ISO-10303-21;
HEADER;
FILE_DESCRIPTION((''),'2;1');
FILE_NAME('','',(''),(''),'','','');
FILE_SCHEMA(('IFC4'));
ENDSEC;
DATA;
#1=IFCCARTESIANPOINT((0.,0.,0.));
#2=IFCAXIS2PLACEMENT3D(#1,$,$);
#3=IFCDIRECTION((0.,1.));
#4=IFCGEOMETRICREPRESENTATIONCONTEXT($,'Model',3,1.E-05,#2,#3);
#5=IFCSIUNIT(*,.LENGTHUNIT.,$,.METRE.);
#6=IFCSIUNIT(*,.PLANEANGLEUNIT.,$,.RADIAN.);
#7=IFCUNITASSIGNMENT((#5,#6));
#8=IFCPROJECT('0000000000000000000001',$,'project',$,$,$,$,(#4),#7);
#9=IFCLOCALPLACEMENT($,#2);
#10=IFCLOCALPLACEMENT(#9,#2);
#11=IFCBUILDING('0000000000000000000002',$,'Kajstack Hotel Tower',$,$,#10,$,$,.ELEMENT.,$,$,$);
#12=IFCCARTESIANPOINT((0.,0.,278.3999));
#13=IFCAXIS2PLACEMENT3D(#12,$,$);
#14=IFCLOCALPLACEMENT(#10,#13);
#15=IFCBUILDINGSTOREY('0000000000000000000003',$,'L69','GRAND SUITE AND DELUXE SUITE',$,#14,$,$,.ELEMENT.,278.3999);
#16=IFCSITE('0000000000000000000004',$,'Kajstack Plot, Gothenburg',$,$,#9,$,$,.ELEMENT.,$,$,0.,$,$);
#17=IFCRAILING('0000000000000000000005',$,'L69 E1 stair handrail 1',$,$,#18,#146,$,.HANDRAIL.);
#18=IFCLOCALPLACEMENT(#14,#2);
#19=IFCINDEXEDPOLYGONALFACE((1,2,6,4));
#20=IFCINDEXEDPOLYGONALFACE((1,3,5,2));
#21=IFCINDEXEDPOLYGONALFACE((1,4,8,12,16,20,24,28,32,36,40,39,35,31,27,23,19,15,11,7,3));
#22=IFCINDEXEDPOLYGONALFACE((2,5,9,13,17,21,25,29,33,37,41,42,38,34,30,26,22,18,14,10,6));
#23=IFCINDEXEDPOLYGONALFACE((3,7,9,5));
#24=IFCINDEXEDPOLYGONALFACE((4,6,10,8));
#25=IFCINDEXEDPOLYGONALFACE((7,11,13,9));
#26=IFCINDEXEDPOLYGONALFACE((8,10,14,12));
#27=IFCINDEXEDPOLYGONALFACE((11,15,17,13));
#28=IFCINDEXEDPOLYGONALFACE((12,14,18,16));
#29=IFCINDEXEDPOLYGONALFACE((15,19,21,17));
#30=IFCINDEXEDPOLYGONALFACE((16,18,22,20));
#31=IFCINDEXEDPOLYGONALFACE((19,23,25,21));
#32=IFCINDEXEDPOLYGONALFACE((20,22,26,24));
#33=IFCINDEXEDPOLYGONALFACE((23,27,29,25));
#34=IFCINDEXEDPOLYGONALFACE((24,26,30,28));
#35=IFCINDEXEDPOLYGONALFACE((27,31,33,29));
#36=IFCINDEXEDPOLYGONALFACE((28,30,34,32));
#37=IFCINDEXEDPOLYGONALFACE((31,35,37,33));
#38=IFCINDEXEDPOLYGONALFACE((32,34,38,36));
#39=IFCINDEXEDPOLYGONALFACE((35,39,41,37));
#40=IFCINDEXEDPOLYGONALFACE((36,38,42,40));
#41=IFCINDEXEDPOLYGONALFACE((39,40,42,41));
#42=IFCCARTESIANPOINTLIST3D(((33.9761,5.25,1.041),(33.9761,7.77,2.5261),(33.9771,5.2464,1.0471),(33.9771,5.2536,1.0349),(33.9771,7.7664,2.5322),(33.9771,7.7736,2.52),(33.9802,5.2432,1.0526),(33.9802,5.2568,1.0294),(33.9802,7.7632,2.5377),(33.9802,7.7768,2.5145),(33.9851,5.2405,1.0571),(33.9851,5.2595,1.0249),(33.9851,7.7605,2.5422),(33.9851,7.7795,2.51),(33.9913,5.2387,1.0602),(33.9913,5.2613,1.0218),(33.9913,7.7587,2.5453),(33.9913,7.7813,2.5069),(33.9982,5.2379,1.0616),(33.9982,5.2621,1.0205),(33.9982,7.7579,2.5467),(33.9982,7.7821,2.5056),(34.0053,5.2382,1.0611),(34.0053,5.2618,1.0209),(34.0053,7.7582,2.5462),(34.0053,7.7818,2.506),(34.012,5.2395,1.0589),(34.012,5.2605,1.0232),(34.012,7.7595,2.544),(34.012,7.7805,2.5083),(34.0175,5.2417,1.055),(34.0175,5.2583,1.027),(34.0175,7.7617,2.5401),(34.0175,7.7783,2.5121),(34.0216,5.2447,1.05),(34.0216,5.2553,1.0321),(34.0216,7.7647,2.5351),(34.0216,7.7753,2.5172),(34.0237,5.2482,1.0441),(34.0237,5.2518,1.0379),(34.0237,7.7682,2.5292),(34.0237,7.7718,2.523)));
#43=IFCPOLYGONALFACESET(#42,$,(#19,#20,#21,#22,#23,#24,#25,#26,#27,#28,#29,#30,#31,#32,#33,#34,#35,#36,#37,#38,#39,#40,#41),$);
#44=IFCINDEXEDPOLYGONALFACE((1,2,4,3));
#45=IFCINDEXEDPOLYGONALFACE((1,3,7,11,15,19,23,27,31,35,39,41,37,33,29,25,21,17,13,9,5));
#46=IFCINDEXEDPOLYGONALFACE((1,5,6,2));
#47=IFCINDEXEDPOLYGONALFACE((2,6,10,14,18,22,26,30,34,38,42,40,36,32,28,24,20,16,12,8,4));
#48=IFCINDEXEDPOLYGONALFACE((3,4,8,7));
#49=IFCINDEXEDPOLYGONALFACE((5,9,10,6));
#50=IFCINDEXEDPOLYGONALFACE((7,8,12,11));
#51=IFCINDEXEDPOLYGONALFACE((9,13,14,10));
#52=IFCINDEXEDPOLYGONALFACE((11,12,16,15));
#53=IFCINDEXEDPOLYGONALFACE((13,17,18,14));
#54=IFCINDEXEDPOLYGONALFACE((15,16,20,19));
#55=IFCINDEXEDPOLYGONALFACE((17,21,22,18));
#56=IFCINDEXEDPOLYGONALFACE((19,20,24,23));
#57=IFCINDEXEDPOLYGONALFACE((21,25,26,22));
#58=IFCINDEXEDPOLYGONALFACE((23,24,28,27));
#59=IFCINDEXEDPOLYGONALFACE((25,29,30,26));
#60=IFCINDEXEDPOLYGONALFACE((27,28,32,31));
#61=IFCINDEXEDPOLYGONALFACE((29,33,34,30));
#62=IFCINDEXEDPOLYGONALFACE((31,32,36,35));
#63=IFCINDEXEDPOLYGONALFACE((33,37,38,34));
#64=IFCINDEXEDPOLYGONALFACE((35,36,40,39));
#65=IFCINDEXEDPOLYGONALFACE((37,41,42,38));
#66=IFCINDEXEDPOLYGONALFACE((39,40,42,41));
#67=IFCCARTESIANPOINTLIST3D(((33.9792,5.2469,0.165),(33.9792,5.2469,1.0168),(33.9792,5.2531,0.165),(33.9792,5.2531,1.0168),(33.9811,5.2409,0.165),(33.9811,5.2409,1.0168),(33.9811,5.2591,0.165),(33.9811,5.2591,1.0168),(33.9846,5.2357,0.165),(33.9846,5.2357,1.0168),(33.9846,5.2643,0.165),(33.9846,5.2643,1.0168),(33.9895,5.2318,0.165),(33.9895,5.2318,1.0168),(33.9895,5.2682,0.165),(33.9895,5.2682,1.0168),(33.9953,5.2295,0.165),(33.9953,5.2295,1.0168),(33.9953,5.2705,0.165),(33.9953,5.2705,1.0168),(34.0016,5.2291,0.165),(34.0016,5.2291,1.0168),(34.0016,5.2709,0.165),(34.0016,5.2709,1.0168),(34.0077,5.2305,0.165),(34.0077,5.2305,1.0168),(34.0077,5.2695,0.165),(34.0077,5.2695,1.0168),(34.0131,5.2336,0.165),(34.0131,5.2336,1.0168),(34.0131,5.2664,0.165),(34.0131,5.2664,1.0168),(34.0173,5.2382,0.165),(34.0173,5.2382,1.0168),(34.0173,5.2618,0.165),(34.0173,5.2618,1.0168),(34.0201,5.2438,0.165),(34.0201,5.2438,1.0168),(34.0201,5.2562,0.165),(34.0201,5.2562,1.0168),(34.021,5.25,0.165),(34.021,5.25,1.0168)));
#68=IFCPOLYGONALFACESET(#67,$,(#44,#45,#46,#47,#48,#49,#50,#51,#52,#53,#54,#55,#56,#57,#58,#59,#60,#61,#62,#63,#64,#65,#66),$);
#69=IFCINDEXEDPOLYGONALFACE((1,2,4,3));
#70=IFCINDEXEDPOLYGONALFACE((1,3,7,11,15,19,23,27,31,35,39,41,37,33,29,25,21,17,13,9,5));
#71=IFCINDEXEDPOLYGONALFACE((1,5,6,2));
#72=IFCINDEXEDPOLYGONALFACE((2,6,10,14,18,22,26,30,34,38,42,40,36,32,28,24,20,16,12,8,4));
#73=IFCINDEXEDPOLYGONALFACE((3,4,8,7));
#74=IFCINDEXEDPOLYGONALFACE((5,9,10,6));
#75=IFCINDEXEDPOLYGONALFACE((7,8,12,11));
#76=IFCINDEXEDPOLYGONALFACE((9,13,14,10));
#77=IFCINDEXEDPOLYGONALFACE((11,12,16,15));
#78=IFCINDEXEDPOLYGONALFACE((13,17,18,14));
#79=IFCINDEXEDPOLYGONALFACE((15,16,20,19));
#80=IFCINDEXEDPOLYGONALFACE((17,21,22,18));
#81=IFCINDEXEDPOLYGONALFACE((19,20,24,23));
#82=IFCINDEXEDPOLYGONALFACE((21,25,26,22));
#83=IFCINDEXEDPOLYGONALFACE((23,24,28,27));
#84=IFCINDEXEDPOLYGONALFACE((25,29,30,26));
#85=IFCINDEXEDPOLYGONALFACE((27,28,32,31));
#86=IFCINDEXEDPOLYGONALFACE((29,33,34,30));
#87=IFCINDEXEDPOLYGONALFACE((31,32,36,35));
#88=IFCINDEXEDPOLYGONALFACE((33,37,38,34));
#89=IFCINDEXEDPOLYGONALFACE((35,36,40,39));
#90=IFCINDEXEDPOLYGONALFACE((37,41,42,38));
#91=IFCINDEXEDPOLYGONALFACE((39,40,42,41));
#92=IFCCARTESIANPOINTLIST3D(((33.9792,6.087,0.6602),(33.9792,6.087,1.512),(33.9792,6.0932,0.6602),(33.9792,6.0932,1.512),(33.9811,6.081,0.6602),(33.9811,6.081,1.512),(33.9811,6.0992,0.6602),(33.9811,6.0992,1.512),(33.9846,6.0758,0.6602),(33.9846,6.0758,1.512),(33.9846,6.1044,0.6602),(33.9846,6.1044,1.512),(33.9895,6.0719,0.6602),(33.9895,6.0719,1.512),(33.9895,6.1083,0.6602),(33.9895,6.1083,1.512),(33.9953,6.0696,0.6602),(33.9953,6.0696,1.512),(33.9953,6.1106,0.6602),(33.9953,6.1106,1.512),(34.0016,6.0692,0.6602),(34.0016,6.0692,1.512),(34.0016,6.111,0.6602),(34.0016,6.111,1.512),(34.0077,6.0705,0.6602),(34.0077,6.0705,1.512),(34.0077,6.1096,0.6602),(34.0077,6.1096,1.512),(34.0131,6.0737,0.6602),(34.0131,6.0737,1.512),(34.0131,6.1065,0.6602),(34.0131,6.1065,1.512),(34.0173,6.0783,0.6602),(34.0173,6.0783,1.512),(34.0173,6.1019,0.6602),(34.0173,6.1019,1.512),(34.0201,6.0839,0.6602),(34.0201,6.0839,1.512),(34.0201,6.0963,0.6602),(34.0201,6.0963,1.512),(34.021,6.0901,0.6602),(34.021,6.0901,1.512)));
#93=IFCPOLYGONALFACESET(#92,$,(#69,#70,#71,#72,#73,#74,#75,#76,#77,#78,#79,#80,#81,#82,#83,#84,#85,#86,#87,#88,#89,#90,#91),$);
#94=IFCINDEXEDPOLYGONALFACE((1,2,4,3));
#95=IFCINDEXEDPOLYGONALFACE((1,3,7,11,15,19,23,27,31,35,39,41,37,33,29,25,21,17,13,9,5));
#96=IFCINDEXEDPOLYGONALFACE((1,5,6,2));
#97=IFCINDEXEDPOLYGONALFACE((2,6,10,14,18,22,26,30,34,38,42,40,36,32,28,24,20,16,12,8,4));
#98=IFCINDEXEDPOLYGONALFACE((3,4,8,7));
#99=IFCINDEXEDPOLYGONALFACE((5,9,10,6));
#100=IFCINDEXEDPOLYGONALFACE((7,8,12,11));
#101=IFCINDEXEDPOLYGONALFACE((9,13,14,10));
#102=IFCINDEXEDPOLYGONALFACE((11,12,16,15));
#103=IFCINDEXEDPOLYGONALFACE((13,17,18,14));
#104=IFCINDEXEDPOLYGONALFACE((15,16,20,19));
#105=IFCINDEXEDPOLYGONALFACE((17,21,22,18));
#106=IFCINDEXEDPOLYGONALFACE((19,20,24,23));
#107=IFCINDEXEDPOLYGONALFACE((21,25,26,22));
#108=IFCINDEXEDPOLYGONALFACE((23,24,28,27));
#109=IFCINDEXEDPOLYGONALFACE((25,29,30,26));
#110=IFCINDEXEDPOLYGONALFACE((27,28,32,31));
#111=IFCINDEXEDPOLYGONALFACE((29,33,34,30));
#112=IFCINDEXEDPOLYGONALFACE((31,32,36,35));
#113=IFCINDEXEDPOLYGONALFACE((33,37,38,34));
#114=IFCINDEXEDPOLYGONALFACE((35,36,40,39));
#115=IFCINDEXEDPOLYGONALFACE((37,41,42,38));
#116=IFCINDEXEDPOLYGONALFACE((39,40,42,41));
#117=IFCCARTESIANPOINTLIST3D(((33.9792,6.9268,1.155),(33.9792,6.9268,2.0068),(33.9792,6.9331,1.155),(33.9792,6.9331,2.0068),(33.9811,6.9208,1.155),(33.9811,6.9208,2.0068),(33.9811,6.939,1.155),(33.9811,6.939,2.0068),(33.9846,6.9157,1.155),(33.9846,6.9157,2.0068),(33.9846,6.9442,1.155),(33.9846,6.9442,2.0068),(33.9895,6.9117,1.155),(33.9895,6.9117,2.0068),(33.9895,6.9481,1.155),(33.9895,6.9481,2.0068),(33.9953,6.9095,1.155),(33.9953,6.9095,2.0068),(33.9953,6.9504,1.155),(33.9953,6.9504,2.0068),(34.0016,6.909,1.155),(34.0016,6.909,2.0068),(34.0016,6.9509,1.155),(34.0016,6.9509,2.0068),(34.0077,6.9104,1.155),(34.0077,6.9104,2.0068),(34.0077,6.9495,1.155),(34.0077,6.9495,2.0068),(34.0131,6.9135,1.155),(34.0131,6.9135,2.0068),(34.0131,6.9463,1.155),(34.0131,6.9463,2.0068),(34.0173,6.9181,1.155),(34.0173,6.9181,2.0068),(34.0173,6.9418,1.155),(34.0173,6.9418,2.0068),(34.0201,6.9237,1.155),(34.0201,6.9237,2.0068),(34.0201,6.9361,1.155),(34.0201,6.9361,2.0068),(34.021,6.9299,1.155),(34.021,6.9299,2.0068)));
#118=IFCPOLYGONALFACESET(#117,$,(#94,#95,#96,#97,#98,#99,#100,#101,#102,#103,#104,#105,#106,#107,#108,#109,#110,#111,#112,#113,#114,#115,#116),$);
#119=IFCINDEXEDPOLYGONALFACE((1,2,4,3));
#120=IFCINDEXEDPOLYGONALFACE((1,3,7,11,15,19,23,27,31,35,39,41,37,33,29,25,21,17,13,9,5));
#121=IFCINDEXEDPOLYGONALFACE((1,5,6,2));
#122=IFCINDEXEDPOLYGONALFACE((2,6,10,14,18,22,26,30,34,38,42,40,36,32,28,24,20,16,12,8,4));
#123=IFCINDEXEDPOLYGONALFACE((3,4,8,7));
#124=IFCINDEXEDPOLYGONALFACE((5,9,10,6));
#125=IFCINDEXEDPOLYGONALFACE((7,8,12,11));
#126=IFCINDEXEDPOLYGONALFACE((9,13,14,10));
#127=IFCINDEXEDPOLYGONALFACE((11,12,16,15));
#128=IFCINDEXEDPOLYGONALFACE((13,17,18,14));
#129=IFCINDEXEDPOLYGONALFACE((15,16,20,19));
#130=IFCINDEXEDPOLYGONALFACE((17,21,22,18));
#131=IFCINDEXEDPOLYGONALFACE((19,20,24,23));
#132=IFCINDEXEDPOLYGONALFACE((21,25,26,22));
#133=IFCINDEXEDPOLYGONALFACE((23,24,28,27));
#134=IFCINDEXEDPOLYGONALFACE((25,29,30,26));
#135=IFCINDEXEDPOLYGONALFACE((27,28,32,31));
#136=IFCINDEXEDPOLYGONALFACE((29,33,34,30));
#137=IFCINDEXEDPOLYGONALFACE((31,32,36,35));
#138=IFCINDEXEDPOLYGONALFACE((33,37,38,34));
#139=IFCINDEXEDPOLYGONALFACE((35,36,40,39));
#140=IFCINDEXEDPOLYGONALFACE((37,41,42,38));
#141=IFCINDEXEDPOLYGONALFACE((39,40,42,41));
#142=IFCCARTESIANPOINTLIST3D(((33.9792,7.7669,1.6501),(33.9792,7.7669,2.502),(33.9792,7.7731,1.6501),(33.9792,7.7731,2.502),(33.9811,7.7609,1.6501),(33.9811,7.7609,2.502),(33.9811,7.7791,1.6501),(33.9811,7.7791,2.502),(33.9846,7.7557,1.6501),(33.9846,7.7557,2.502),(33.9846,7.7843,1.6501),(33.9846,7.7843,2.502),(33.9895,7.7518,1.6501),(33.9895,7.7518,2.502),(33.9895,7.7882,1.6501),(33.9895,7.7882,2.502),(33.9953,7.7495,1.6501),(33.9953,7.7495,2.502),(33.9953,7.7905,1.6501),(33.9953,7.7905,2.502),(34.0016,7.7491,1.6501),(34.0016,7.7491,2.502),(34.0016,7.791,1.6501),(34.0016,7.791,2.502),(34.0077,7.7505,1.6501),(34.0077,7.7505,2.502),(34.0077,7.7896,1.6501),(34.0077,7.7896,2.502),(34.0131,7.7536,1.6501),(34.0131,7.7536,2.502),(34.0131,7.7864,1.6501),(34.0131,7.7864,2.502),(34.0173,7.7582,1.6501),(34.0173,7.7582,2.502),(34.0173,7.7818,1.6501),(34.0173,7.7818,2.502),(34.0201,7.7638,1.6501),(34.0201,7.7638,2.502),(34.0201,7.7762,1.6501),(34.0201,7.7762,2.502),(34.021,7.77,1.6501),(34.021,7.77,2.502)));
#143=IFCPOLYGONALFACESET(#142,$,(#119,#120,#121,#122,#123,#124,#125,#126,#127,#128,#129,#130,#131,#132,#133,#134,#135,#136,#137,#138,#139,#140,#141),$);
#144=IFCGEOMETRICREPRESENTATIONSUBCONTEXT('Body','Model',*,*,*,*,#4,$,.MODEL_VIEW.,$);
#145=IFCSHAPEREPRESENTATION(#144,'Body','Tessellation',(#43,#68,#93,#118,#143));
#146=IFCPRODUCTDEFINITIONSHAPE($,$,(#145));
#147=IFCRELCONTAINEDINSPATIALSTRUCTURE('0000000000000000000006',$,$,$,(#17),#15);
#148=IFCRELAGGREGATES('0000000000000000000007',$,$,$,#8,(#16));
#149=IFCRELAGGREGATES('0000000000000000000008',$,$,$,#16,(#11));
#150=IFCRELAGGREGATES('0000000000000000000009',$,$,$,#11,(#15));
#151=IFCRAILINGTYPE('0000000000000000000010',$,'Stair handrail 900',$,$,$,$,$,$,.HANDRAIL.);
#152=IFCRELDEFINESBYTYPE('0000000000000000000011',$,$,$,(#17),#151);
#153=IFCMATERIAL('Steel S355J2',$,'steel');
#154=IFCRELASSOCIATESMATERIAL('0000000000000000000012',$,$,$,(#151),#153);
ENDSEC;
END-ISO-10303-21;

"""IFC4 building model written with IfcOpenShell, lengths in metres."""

from ifc_helpers import new_model, si_unit, direction, frame, origin, origin_2d, place, context, subcontext, project, spatial, circle, extrude, material, type_object, element, save


model = new_model("IFC4")

# Units and contexts
model_context = context("Model", 3, precision=1e-05, world=origin(), true_north=direction((0.0, 1.0)))
body_context = subcontext(model_context, "Body", "Model", "MODEL_VIEW")
ifc_project = project(units=[si_unit("LENGTHUNIT", "METRE"), si_unit("PLANEANGLEUNIT", "RADIAN")], contexts=[model_context])

# Site, building, storey
site_placement = place(None, origin())
site = spatial("IfcSite", under=ifc_project, at=site_placement, Name="Kajstack Plot, Gothenburg", CompositionType="ELEMENT", RefElevation=0.0)
building_placement = place(site_placement, origin())
building = spatial("IfcBuilding", under=site, at=building_placement, Name="Kajstack Hotel Tower", CompositionType="ELEMENT")
storey_placement = place(building_placement, frame((0.0, 0.0, 278.3999)))
storey = spatial("IfcBuildingStorey", under=building, at=storey_placement, Name="L69", Description="GRAND SUITE AND DELUXE SUITE", CompositionType="ELEMENT", Elevation=278.3999)

# Railing
ifc_material_1 = material(Name="Steel S355J2", Category="steel")
railing_type_1 = type_object("IfcRailingType", Name="Stair handrail 900", PredefinedType="HANDRAIL", material=ifc_material_1)
railing_1_placement = place(storey_placement, frame((34.0, 5.25, 0.165)))
element("IfcRailing", 1, at=railing_1_placement, inside=storey, type_object=railing_type_1, Name="L69 E1 stair handrail 1", PredefinedType="HANDRAIL", context=body_context, shape_type="SweptSolid", body=[
    extrude(circle(Radius=0.0239, at=origin_2d()), frame((0.0, 0.0, 0.876), z_axis=(0.0, 0.861524, 0.507717), x_axis=(-1.0, 0.0, 0.0)), (0.0, 0.0, 1.0), 2.925),
    extrude(circle(Radius=0.021, at=origin_2d()), origin(), (0.0, 0.0, 1.0), 0.8518),
    extrude(circle(Radius=0.021, at=origin_2d()), frame((0.0, 0.8401, 0.4951)), (0.0, 0.0, 1.0), 0.8518),
    extrude(circle(Radius=0.021, at=origin_2d()), frame((0.0, 1.6799, 0.99)), (0.0, 0.0, 1.0), 0.8518),
    extrude(circle(Radius=0.021, at=origin_2d()), frame((0.0, 2.52, 1.4851)), (0.0, 0.0, 1.0), 0.8518),
])

save(model, "model.ifc")
